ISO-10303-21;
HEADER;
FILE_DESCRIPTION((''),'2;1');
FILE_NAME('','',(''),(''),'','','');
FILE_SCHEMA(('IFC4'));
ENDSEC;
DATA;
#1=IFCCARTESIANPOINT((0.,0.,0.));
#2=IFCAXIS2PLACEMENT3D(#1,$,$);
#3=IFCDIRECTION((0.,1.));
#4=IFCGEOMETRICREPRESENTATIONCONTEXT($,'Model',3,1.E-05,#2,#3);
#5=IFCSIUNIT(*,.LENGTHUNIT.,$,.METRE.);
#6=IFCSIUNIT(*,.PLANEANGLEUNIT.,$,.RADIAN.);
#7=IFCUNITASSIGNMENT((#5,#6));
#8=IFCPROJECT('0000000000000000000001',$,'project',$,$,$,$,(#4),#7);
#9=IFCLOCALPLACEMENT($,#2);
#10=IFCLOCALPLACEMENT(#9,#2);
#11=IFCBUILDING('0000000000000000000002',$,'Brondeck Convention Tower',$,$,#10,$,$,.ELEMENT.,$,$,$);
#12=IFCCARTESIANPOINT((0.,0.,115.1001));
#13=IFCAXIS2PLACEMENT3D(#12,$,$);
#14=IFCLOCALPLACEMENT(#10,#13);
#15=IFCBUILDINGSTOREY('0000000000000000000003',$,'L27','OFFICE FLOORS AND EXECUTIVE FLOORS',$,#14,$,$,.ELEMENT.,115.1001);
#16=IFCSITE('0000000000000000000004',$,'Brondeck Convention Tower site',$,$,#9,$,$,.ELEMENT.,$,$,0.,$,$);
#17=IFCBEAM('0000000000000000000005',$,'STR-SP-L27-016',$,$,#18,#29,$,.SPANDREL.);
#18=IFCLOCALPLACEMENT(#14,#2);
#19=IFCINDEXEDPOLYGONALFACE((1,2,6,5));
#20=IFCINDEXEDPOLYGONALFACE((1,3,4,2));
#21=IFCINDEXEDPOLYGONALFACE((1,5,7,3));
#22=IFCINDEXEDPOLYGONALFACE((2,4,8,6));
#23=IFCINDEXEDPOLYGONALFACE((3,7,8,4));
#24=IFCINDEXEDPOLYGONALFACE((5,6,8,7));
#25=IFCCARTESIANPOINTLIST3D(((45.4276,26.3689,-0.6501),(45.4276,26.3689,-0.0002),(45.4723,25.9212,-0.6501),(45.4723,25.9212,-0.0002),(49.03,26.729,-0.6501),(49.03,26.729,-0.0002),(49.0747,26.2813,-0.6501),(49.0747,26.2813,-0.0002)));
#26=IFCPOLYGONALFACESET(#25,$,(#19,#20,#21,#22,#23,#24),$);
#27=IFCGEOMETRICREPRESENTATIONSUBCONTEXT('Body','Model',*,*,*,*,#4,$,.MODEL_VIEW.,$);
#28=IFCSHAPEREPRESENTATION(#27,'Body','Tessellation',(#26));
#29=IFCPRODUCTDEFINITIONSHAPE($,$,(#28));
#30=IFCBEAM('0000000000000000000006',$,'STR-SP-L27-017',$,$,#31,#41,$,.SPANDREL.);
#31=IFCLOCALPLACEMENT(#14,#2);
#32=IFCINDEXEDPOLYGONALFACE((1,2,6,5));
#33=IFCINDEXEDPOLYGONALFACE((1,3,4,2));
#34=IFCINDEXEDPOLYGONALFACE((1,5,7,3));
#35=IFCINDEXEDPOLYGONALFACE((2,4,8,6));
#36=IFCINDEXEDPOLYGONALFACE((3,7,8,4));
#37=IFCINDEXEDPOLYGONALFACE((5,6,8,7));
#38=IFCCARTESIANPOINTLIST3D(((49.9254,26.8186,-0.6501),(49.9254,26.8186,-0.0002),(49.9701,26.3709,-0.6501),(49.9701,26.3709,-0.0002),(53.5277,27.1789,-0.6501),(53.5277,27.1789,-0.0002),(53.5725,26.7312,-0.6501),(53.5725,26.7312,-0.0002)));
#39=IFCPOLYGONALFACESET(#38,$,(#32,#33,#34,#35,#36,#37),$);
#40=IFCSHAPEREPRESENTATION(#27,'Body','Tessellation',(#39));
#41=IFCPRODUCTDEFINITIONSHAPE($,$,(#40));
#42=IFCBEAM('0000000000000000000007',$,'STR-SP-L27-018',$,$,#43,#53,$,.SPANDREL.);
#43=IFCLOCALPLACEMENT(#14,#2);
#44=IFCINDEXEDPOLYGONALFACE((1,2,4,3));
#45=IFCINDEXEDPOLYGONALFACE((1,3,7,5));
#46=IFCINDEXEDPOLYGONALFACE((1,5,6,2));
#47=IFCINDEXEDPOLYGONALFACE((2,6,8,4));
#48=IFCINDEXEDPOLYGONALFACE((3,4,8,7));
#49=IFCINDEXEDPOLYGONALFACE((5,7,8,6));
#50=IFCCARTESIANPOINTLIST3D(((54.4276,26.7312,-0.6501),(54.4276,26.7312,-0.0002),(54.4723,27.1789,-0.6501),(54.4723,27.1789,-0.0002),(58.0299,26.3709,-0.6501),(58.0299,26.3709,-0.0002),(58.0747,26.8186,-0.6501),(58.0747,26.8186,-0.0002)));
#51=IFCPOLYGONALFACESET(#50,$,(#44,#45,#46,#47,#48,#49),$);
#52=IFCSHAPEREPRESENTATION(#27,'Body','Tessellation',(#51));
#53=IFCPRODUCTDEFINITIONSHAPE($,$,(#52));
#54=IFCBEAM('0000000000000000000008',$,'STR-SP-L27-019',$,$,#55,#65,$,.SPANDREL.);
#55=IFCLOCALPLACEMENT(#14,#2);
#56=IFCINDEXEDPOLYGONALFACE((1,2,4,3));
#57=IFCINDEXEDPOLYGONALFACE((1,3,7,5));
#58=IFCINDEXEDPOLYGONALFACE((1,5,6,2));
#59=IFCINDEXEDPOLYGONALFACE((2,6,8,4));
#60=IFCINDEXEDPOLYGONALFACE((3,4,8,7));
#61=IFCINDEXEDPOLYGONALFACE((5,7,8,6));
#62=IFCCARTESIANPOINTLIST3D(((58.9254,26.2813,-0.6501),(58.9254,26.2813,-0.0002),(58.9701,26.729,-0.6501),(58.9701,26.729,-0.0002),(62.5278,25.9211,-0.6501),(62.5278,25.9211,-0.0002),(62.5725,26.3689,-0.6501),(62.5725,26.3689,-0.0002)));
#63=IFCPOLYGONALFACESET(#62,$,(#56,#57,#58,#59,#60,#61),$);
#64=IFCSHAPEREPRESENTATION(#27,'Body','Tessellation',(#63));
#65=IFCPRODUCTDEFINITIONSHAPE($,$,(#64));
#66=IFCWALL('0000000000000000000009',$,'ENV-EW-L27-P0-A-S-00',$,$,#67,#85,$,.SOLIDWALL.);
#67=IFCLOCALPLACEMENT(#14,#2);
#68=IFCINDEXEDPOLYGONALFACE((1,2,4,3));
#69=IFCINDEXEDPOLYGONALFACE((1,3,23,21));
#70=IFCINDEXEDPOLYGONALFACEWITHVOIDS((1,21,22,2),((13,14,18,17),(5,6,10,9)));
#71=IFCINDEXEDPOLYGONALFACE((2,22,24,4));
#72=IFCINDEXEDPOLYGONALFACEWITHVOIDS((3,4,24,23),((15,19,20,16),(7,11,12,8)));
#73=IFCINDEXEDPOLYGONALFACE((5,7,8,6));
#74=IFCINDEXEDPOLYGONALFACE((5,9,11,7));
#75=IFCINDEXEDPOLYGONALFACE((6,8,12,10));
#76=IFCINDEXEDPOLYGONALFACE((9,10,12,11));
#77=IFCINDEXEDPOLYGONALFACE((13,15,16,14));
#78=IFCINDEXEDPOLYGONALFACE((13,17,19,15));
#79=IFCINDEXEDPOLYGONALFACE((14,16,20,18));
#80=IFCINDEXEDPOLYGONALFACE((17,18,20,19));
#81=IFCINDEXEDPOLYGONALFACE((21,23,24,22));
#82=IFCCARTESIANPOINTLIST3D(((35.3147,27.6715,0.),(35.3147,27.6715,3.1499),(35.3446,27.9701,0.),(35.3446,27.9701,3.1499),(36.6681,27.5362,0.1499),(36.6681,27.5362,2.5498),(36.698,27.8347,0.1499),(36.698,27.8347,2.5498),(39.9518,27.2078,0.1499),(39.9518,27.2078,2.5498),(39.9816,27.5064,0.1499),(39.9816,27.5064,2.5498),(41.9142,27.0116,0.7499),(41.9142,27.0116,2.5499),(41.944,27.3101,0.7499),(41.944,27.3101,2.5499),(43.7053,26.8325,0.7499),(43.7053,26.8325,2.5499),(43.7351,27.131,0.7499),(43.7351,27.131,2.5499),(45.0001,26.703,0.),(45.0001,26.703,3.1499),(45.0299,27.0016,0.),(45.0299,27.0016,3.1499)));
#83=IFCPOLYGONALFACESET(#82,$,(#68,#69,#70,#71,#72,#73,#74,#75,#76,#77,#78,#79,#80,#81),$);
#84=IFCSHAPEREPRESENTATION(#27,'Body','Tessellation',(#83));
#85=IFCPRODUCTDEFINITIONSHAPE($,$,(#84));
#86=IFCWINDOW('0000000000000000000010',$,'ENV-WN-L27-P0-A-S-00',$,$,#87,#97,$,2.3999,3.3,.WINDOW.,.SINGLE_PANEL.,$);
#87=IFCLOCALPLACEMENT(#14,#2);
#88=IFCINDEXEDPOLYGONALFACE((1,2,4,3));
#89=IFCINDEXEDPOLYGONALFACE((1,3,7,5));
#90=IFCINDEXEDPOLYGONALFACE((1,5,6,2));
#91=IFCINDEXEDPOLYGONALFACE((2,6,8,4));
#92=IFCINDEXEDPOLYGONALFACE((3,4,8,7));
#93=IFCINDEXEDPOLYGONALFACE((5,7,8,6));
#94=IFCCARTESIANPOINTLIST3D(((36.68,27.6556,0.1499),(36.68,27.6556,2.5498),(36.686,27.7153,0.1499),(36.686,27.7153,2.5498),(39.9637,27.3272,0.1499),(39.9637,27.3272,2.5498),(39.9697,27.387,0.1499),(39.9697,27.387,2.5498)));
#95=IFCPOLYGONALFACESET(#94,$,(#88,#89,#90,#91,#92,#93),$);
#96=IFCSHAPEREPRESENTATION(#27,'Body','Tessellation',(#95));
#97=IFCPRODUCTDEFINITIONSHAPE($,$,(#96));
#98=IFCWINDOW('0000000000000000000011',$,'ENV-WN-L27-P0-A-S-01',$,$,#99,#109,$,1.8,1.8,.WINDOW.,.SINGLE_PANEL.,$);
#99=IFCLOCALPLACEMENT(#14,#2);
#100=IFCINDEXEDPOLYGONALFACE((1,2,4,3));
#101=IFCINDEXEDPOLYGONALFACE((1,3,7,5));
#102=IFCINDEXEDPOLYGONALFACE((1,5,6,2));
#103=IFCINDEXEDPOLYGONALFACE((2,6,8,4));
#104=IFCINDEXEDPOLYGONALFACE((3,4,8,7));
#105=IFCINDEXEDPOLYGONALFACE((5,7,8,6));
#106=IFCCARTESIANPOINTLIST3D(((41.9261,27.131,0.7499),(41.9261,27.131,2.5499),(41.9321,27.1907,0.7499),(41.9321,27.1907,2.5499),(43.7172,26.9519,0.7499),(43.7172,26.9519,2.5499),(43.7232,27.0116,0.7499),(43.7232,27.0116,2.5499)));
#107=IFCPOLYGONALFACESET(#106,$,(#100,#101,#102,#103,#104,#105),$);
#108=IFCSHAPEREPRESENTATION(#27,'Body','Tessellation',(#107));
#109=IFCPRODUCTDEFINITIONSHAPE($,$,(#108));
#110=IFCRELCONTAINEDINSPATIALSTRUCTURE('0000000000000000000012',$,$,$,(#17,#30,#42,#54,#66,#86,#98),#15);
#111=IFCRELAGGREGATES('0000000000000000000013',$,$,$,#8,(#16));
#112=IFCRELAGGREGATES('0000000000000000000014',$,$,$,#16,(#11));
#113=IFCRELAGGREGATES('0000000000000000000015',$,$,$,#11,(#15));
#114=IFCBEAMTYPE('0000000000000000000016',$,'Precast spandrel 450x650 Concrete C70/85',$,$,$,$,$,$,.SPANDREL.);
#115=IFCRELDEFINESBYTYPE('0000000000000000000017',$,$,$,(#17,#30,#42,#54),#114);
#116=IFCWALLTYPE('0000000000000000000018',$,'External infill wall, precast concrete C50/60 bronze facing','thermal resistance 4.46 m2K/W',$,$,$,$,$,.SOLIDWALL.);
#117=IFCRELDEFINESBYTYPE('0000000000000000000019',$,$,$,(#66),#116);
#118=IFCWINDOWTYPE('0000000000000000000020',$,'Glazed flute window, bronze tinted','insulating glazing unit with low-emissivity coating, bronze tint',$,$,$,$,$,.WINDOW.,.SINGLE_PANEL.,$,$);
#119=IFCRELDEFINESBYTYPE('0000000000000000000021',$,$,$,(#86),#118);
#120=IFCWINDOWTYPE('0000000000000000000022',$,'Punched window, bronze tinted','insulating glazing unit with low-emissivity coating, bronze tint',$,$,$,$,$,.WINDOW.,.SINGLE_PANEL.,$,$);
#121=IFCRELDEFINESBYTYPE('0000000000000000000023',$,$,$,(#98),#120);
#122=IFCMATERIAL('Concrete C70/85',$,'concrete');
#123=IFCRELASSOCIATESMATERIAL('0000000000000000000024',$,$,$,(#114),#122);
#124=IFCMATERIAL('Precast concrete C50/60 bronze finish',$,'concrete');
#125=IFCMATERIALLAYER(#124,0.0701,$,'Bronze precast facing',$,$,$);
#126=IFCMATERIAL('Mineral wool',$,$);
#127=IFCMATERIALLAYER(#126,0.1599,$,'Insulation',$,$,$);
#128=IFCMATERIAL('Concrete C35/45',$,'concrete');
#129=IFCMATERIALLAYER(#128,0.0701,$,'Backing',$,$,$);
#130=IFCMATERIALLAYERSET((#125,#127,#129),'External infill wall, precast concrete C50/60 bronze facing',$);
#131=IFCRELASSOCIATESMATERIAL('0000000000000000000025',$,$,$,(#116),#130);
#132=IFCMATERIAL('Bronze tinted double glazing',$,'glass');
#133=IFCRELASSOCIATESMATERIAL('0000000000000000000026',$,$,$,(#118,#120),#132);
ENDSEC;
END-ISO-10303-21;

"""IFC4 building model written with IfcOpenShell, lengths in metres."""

from ifc_helpers import new_model, si_unit, direction, frame, frame_2d, origin, origin_2d, place, context, subcontext, project, spatial, rectangle, extrude, material, layer, layer_set, material_profile, profile_set, type_object, element, fill, save


model = new_model("IFC4")

# Units and contexts
model_context = context("Model", 3, precision=1e-05, world=origin(), true_north=direction((0.0, 1.0)))
body_context = subcontext(model_context, "Body", "Model", "MODEL_VIEW")
ifc_project = project(units=[si_unit("LENGTHUNIT", "METRE"), si_unit("PLANEANGLEUNIT", "RADIAN")], contexts=[model_context])

# Site, building, storey
site_placement = place(None, origin())
site = spatial("IfcSite", under=ifc_project, at=site_placement, Name="Brondeck Convention Tower site", CompositionType="ELEMENT", RefElevation=0.0)
building_placement = place(site_placement, origin())
building = spatial("IfcBuilding", under=site, at=building_placement, Name="Brondeck Convention Tower", CompositionType="ELEMENT")
storey_placement = place(building_placement, frame((0.0, 0.0, 115.1001)))
storey = spatial("IfcBuildingStorey", under=building, at=storey_placement, Name="L27", Description="OFFICE FLOORS AND EXECUTIVE FLOORS", CompositionType="ELEMENT", Elevation=115.1001)

# Shared definitions
ifc_material_1 = material(Name="Concrete C70/85", Category="concrete")

# Beams
ifc_material_profile_1 = material_profile(ifc_material_1, rectangle(XDim=0.45, YDim=0.6499, at=origin_2d()), Name="Precast spandrel 450x650 Concrete C70/85")
ifc_profile_set_1 = profile_set([ifc_material_profile_1], Name="Concrete C70/85")
beam_type_1 = type_object("IfcBeamType", Name="Precast spandrel 450x650 Concrete C70/85", PredefinedType="SPANDREL", material=ifc_profile_set_1)
for number, where, z_axis, x_axis, name in (
    (1, (45.45, 26.145, -0.3252), (0.995041, 0.09947, 0.0), (-0.09947, 0.995041, 0.0), "STR-SP-L27-016"),
    (2, (49.9478, 26.5947, -0.3252), (0.995034, 0.099537, 0.0), (-0.099537, 0.995034, 0.0), "STR-SP-L27-017"),
    (3, (54.45, 26.9551, -0.3252), (0.995034, -0.099537, 0.0), (0.099537, 0.995034, 0.0), "STR-SP-L27-018"),
    (4, (58.9478, 26.5051, -0.3252), (0.995041, -0.09947, 0.0), (0.09947, 0.995041, 0.0), "STR-SP-L27-019"),
):
    element("IfcBeam", number, at=place(storey_placement, frame(where, z_axis=z_axis, x_axis=x_axis)), inside=storey, type_object=beam_type_1, Name=name, PredefinedType="SPANDREL", context=body_context, shape_type="SweptSolid", body=[
        extrude(rectangle(XDim=0.45, YDim=0.6499, at=origin_2d()), origin(), (0.0, 0.0, 1.0), 3.6204),
    ])

# Wall, openings, windows
ifc_material_2 = material(Name="Precast concrete C50/60 bronze finish", Category="concrete")
ifc_layer_1 = layer(ifc_material_2, 0.0701, Name="Bronze precast facing")
ifc_material_3 = material(Name="Mineral wool")
ifc_layer_2 = layer(ifc_material_3, 0.1599, Name="Insulation")
ifc_material_4 = material(Name="Concrete C35/45", Category="concrete")
ifc_layer_3 = layer(ifc_material_4, 0.0701, Name="Backing")
ifc_layer_set = layer_set([ifc_layer_1, ifc_layer_2, ifc_layer_3], Name="External infill wall, precast concrete C50/60 bronze facing")
wall_type = type_object("IfcWallType", Name="External infill wall, precast concrete C50/60 bronze facing", Description="thermal resistance 4.46 m2K/W", PredefinedType="SOLIDWALL", material=ifc_layer_set)
wall_placement = place(storey_placement, frame((45.0149, 26.8523, 0.0), z_axis=(0.0, 0.0, 1.0), x_axis=(-0.995037, 0.099501, 0.0)))
wall = element("IfcWall", 5, at=wall_placement, inside=storey, type_object=wall_type, Name="ENV-EW-L27-P0-A-S-00", PredefinedType="SOLIDWALL", context=body_context, shape_type="SweptSolid", body=[
    extrude(rectangle(XDim=9.7336, YDim=0.3, at=frame_2d((4.8667, 0.0))), origin(), (0.0, 0.0, 1.0), 3.1499),
])
opening_1_placement = place(wall_placement, frame((1.3013, 0.0, 0.75)))
opening_1 = element("IfcOpeningElement", 6, at=opening_1_placement, cuts=wall, PredefinedType="OPENING", context=body_context, shape_type="SweptSolid", body=[
    extrude(rectangle(XDim=1.8, YDim=1.8, at=frame_2d((0.8999, 0.8999))), frame((0.0, 0.1599, 0.0), z_axis=(0.0, -1.0, 0.0), x_axis=(1.0, 0.0, 0.0)), (0.0, 0.0, 1.0), 0.3201),
])
opening_2_placement = place(wall_placement, frame((5.0735, 0.0, 0.1499)))
opening_2 = element("IfcOpeningElement", 7, at=opening_2_placement, cuts=wall, PredefinedType="OPENING", context=body_context, shape_type="SweptSolid", body=[
    extrude(rectangle(XDim=3.3, YDim=2.3999, at=frame_2d((1.6499, 1.2))), frame((0.0, 0.1599, 0.0), z_axis=(0.0, -1.0, 0.0), x_axis=(1.0, 0.0, 0.0)), (0.0, 0.0, 1.0), 0.3201),
])
ifc_material_5 = material(Name="Bronze tinted double glazing", Category="glass")
window_type_1 = type_object("IfcWindowType", Name="Glazed flute window, bronze tinted", Description="insulating glazing unit with low-emissivity coating, bronze tint", PartitioningType="SINGLE_PANEL", PredefinedType="WINDOW", material=ifc_material_5)
window_1_placement = place(opening_2_placement, origin())
window_1 = element("IfcWindow", 8, at=window_1_placement, inside=storey, type_object=window_type_1, Name="ENV-WN-L27-P0-A-S-00", OverallHeight=2.3999, OverallWidth=3.3, PartitioningType="SINGLE_PANEL", PredefinedType="WINDOW", context=body_context, shape_type="SweptSolid", body=[
    extrude(rectangle(XDim=3.3, YDim=2.3999, at=frame_2d((1.6499, 1.2))), frame((0.0, 0.03, 0.0), z_axis=(0.0, -1.0, 0.0), x_axis=(1.0, 0.0, 0.0)), (0.0, 0.0, 1.0), 0.0601),
])
fill(opening_2, window_1)
window_type_2 = type_object("IfcWindowType", Name="Punched window, bronze tinted", Description="insulating glazing unit with low-emissivity coating, bronze tint", PartitioningType="SINGLE_PANEL", PredefinedType="WINDOW", material=ifc_material_5)
window_2_placement = place(opening_1_placement, origin())
window_2 = element("IfcWindow", 9, at=window_2_placement, inside=storey, type_object=window_type_2, Name="ENV-WN-L27-P0-A-S-01", OverallHeight=1.8, OverallWidth=1.8, PartitioningType="SINGLE_PANEL", PredefinedType="WINDOW", context=body_context, shape_type="SweptSolid", body=[
    extrude(rectangle(XDim=1.8, YDim=1.8, at=frame_2d((0.8999, 0.8999))), frame((0.0, 0.03, 0.0), z_axis=(0.0, -1.0, 0.0), x_axis=(1.0, 0.0, 0.0)), (0.0, 0.0, 1.0), 0.0601),
])
fill(opening_1, window_2)

save(model, "model.ifc")
